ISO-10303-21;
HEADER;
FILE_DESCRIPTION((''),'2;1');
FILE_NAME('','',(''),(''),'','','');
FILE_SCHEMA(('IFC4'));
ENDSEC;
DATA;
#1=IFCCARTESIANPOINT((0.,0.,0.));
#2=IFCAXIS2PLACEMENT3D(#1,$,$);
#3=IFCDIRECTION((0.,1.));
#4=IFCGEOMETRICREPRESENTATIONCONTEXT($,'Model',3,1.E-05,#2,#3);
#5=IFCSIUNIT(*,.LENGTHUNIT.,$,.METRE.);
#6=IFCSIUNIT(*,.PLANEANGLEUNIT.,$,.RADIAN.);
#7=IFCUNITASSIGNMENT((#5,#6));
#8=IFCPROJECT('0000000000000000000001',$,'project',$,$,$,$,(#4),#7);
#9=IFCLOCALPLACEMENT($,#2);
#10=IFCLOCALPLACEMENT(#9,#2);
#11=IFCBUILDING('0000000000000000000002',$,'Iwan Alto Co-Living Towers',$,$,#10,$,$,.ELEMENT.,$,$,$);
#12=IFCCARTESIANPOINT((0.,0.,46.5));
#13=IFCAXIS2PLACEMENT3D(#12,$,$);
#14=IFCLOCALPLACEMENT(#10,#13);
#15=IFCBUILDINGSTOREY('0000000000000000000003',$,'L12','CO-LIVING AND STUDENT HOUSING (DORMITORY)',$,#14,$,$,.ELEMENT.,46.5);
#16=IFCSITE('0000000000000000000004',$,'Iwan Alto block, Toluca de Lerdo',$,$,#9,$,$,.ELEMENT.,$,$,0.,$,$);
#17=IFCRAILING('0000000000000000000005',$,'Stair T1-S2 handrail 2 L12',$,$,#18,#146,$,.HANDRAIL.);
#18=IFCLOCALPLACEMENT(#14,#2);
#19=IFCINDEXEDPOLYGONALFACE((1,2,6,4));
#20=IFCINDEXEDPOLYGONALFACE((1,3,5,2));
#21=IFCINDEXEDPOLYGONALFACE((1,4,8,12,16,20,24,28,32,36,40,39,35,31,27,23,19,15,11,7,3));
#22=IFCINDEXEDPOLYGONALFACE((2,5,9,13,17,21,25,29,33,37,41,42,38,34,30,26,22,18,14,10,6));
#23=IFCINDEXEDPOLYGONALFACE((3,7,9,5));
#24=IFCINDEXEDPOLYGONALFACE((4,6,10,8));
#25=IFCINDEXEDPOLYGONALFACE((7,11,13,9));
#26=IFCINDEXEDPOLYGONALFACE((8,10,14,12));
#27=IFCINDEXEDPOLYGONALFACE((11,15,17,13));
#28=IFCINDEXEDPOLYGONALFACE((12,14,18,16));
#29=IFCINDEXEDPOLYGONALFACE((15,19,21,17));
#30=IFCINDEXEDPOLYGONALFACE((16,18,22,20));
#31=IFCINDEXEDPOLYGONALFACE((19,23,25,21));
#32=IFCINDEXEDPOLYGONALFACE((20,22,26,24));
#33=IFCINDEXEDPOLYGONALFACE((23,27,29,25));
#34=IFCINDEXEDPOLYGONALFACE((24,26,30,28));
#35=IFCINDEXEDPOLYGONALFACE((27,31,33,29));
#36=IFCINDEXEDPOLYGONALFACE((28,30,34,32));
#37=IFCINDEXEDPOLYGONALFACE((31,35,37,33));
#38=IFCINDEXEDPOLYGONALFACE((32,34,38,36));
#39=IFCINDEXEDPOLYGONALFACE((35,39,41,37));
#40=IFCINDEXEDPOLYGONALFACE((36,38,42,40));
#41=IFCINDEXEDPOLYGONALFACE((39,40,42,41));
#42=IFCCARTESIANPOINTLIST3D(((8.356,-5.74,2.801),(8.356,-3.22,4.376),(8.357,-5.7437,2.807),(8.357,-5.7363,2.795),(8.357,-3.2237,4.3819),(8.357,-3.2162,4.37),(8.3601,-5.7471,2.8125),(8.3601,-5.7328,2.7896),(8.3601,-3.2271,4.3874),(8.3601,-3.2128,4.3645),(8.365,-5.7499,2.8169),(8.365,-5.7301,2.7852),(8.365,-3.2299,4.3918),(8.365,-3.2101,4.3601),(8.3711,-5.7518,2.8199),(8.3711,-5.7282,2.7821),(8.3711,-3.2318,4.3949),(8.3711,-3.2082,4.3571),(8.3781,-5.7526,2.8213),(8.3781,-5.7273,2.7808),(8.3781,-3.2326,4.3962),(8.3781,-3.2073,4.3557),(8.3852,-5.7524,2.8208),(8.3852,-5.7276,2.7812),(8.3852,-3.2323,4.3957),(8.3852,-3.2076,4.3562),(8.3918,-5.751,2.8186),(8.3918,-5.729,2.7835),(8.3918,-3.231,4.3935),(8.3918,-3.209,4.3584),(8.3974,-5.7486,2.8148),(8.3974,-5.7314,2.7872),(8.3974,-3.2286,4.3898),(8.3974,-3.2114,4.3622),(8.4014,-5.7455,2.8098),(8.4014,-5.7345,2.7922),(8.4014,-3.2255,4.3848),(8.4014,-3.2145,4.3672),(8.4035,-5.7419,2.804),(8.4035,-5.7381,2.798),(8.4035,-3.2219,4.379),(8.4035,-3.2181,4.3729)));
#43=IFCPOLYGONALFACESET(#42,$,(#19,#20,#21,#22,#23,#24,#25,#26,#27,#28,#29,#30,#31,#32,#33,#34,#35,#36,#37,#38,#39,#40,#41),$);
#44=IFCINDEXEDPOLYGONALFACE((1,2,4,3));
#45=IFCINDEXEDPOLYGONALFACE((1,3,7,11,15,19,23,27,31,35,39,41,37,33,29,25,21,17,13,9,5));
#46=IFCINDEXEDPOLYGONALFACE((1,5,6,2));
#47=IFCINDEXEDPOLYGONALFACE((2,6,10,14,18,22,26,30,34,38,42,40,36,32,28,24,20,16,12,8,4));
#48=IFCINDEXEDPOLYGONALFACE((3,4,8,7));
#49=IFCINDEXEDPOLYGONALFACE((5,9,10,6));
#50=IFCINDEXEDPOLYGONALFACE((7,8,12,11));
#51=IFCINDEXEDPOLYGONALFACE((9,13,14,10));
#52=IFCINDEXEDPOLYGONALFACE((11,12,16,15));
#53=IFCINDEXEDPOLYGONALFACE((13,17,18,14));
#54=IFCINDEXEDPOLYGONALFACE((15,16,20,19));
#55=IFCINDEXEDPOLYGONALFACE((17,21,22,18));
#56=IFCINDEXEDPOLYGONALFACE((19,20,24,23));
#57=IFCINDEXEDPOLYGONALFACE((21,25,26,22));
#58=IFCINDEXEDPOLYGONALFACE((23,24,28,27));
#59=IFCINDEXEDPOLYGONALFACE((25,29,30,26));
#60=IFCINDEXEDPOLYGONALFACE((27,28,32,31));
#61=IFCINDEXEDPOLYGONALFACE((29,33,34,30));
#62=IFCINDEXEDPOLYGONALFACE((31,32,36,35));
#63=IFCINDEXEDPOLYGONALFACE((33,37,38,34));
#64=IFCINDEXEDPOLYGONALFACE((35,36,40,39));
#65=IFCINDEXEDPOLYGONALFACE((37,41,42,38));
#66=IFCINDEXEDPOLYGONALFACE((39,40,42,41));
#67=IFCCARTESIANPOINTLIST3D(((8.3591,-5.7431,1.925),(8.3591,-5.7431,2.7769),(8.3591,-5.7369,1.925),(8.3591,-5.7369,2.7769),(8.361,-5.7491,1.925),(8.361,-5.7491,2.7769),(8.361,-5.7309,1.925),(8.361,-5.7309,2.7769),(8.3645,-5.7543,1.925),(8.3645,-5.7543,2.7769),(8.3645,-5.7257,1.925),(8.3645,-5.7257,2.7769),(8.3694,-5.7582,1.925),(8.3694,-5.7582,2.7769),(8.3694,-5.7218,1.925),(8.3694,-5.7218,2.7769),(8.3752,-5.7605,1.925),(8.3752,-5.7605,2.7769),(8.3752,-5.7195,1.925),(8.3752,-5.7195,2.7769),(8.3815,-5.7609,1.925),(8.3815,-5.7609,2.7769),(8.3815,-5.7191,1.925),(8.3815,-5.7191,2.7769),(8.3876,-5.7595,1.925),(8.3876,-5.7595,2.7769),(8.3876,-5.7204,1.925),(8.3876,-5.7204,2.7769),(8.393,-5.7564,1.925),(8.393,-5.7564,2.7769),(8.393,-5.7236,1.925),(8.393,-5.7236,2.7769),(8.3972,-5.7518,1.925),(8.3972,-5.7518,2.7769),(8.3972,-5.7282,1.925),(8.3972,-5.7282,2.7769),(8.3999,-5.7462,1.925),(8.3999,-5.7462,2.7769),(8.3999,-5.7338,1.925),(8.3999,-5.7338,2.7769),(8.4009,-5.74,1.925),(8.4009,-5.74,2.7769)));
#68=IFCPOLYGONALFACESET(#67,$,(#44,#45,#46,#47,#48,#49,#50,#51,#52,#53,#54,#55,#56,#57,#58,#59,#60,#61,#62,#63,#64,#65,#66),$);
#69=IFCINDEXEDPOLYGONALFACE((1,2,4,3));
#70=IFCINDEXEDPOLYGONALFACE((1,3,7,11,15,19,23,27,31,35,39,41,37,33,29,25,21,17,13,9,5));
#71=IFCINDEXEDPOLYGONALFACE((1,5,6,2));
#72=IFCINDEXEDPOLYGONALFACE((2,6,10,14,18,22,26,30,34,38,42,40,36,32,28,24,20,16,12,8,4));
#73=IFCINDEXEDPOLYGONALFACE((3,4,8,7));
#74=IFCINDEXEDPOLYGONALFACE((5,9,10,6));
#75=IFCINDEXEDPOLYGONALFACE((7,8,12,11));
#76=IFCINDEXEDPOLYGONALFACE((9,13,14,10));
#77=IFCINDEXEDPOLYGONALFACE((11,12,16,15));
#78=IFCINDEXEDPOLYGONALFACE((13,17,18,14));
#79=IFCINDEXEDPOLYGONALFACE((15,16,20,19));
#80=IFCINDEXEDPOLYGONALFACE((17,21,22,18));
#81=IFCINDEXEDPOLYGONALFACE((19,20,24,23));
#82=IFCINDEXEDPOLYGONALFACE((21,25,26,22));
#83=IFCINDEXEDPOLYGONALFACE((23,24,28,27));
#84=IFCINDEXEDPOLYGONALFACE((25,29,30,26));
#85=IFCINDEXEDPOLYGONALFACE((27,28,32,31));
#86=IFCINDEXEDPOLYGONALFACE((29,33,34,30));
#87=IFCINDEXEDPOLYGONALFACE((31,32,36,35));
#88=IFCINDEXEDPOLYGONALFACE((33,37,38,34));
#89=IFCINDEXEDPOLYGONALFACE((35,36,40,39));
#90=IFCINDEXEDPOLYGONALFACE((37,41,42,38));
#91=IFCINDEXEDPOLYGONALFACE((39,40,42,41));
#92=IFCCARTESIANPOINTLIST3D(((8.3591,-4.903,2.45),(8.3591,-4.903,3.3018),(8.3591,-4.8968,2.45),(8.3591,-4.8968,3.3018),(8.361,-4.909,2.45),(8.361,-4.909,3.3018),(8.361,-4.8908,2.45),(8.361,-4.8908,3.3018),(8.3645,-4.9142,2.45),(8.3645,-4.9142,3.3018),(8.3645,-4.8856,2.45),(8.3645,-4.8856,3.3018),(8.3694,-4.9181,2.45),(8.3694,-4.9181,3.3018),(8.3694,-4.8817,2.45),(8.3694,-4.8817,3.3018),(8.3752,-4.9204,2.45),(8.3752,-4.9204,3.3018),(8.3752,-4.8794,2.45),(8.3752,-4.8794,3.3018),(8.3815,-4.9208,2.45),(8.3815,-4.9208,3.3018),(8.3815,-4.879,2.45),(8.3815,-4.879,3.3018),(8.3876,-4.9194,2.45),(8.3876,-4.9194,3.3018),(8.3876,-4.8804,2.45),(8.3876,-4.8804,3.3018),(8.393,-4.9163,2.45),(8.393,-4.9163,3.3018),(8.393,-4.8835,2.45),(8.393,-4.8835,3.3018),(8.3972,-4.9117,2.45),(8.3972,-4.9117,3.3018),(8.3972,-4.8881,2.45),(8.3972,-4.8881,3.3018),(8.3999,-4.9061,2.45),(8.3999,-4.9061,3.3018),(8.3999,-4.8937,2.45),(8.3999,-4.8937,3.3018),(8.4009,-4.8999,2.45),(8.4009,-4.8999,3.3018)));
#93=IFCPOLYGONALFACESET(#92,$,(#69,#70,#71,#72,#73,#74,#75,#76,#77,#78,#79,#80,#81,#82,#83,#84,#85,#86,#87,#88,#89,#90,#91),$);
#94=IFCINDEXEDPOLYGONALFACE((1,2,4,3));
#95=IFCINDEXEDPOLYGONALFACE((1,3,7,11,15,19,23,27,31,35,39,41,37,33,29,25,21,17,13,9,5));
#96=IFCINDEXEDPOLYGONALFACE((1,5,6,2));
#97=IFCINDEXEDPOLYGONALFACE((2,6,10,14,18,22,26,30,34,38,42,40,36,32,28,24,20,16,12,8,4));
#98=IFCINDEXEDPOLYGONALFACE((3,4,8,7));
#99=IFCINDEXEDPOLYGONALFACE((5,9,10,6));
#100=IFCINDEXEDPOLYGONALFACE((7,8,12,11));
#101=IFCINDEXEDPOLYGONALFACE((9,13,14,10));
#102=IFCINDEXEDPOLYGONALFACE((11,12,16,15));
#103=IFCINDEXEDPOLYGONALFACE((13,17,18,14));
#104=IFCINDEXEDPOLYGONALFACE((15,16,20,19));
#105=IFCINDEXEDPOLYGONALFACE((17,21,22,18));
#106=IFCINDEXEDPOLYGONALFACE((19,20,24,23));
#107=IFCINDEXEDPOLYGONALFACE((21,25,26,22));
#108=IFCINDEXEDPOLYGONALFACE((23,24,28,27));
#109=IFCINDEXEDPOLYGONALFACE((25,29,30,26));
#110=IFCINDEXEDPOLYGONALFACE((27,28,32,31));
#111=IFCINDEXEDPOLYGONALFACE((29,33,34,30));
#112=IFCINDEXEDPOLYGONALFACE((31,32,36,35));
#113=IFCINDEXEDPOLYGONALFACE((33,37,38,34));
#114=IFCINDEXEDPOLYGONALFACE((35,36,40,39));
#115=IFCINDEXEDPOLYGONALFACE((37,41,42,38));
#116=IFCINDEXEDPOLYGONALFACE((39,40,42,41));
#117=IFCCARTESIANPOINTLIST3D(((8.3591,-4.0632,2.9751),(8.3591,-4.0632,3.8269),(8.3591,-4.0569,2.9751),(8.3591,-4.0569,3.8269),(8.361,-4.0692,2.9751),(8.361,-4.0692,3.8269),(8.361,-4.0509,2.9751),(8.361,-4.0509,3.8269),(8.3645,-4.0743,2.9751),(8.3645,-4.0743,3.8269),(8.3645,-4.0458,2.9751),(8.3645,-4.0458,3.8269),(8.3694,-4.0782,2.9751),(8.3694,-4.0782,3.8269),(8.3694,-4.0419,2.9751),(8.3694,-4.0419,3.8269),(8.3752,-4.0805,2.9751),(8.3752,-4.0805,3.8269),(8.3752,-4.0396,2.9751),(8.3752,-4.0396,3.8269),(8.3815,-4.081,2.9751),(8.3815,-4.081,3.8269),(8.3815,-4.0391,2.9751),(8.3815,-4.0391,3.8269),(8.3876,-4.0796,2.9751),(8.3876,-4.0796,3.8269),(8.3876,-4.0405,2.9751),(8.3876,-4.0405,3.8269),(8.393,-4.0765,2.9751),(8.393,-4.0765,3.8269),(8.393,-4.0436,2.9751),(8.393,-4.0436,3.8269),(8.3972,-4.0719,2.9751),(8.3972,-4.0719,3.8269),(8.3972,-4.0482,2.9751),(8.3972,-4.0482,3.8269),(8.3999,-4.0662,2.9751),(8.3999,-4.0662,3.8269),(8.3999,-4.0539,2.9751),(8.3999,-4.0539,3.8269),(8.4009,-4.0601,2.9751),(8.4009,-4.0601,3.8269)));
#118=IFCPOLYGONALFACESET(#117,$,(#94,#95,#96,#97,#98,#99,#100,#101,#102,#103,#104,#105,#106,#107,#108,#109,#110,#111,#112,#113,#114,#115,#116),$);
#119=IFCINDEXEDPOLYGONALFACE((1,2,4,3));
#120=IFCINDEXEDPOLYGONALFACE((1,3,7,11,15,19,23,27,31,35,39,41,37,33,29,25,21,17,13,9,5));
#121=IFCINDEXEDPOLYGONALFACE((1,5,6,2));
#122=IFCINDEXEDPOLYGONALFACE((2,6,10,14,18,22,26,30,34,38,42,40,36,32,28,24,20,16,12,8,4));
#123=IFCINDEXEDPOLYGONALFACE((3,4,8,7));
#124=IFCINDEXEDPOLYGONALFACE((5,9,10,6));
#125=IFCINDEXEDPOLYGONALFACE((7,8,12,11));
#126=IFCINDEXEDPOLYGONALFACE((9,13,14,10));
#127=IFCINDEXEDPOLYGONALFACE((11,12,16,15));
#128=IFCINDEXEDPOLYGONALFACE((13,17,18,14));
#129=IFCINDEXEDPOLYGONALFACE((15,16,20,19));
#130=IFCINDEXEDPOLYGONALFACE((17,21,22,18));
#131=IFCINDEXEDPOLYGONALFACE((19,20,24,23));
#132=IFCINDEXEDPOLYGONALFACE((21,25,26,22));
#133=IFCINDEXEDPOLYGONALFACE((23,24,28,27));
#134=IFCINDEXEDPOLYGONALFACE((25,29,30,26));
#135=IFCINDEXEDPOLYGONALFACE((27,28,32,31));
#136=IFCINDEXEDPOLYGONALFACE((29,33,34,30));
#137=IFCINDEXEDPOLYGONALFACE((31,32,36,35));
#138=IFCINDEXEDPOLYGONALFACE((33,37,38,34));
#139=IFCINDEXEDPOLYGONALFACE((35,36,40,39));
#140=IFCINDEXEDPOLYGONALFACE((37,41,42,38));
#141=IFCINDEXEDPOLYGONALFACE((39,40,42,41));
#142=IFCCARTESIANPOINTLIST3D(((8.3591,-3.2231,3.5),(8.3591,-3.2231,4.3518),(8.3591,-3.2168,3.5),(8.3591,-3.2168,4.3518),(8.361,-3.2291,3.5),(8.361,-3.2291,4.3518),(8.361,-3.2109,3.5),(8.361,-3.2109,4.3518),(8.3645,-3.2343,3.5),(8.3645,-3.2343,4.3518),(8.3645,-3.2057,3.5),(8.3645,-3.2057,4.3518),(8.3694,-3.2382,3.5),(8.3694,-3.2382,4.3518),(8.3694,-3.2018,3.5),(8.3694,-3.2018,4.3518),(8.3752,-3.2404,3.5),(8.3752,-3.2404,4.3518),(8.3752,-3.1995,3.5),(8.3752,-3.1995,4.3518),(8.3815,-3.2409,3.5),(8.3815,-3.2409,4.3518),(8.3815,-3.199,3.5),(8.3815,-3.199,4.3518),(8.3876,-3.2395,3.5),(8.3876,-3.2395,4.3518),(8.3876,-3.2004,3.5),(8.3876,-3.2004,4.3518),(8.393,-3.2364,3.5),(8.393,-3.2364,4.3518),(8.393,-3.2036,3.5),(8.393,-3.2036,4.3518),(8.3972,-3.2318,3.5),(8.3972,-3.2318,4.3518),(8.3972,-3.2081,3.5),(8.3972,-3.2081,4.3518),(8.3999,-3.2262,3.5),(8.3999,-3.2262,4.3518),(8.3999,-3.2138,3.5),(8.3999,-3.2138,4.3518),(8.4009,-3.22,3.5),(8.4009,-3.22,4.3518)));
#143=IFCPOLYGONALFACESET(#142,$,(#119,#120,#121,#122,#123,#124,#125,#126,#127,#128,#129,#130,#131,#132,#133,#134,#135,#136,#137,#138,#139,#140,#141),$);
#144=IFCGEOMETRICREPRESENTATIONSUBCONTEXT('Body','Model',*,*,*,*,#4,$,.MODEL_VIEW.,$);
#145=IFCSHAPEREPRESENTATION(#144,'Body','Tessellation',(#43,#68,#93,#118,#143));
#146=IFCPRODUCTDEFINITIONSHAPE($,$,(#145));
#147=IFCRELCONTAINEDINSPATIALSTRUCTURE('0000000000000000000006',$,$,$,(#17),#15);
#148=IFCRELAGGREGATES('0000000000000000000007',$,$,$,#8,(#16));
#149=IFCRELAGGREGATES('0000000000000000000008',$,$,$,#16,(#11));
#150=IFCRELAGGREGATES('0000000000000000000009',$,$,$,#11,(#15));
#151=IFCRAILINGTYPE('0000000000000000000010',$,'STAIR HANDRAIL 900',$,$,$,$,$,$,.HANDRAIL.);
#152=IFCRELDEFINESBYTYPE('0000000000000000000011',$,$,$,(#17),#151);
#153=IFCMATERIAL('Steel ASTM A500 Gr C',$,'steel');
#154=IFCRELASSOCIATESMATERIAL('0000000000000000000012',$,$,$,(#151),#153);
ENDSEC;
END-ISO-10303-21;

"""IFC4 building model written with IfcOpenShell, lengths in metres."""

from ifc_helpers import new_model, si_unit, direction, frame, origin, origin_2d, place, context, subcontext, project, spatial, circle, extrude, material, type_object, element, save


model = new_model("IFC4")

# Units and contexts
model_context = context("Model", 3, precision=1e-05, world=origin(), true_north=direction((0.0, 1.0)))
body_context = subcontext(model_context, "Body", "Model", "MODEL_VIEW")
ifc_project = project(units=[si_unit("LENGTHUNIT", "METRE"), si_unit("PLANEANGLEUNIT", "RADIAN")], contexts=[model_context])

# Site, building, storey
site_placement = place(None, origin())
site = spatial("IfcSite", under=ifc_project, at=site_placement, Name="Iwan Alto block, Toluca de Lerdo", CompositionType="ELEMENT", RefElevation=0.0)
building_placement = place(site_placement, origin())
building = spatial("IfcBuilding", under=site, at=building_placement, Name="Iwan Alto Co-Living Towers", CompositionType="ELEMENT")
storey_placement = place(building_placement, frame((0.0, 0.0, 46.5)))
storey = spatial("IfcBuildingStorey", under=building, at=storey_placement, Name="L12", Description="CO-LIVING AND STUDENT HOUSING (DORMITORY)", CompositionType="ELEMENT", Elevation=46.5)

# Railing
ifc_material_1 = material(Name="Steel ASTM A500 Gr C", Category="steel")
railing_type_1 = type_object("IfcRailingType", Name="STAIR HANDRAIL 900", PredefinedType="HANDRAIL", material=ifc_material_1)
railing_1_placement = place(storey_placement, frame((8.3799, -5.74, 1.925)))
element("IfcRailing", 1, at=railing_1_placement, inside=storey, type_object=railing_type_1, Name="Stair T1-S2 handrail 2 L12", PredefinedType="HANDRAIL", context=body_context, shape_type="SweptSolid", body=[
    extrude(circle(Radius=0.0239, at=origin_2d()), frame((0.0, 0.0, 0.876), z_axis=(0.0, 0.848008, 0.529984), x_axis=(-1.0, 0.0, 0.0)), (0.0, 0.0, 1.0), 2.9717),
    extrude(circle(Radius=0.021, at=origin_2d()), origin(), (0.0, 0.0, 1.0), 0.8518),
    extrude(circle(Radius=0.021, at=origin_2d()), frame((0.0, 0.8401, 0.5249)), (0.0, 0.0, 1.0), 0.8518),
    extrude(circle(Radius=0.021, at=origin_2d()), frame((0.0, 1.6799, 1.05)), (0.0, 0.0, 1.0), 0.8518),
    extrude(circle(Radius=0.021, at=origin_2d()), frame((0.0, 2.52, 1.575)), (0.0, 0.0, 1.0), 0.8518),
])

save(model, "model.ifc")
